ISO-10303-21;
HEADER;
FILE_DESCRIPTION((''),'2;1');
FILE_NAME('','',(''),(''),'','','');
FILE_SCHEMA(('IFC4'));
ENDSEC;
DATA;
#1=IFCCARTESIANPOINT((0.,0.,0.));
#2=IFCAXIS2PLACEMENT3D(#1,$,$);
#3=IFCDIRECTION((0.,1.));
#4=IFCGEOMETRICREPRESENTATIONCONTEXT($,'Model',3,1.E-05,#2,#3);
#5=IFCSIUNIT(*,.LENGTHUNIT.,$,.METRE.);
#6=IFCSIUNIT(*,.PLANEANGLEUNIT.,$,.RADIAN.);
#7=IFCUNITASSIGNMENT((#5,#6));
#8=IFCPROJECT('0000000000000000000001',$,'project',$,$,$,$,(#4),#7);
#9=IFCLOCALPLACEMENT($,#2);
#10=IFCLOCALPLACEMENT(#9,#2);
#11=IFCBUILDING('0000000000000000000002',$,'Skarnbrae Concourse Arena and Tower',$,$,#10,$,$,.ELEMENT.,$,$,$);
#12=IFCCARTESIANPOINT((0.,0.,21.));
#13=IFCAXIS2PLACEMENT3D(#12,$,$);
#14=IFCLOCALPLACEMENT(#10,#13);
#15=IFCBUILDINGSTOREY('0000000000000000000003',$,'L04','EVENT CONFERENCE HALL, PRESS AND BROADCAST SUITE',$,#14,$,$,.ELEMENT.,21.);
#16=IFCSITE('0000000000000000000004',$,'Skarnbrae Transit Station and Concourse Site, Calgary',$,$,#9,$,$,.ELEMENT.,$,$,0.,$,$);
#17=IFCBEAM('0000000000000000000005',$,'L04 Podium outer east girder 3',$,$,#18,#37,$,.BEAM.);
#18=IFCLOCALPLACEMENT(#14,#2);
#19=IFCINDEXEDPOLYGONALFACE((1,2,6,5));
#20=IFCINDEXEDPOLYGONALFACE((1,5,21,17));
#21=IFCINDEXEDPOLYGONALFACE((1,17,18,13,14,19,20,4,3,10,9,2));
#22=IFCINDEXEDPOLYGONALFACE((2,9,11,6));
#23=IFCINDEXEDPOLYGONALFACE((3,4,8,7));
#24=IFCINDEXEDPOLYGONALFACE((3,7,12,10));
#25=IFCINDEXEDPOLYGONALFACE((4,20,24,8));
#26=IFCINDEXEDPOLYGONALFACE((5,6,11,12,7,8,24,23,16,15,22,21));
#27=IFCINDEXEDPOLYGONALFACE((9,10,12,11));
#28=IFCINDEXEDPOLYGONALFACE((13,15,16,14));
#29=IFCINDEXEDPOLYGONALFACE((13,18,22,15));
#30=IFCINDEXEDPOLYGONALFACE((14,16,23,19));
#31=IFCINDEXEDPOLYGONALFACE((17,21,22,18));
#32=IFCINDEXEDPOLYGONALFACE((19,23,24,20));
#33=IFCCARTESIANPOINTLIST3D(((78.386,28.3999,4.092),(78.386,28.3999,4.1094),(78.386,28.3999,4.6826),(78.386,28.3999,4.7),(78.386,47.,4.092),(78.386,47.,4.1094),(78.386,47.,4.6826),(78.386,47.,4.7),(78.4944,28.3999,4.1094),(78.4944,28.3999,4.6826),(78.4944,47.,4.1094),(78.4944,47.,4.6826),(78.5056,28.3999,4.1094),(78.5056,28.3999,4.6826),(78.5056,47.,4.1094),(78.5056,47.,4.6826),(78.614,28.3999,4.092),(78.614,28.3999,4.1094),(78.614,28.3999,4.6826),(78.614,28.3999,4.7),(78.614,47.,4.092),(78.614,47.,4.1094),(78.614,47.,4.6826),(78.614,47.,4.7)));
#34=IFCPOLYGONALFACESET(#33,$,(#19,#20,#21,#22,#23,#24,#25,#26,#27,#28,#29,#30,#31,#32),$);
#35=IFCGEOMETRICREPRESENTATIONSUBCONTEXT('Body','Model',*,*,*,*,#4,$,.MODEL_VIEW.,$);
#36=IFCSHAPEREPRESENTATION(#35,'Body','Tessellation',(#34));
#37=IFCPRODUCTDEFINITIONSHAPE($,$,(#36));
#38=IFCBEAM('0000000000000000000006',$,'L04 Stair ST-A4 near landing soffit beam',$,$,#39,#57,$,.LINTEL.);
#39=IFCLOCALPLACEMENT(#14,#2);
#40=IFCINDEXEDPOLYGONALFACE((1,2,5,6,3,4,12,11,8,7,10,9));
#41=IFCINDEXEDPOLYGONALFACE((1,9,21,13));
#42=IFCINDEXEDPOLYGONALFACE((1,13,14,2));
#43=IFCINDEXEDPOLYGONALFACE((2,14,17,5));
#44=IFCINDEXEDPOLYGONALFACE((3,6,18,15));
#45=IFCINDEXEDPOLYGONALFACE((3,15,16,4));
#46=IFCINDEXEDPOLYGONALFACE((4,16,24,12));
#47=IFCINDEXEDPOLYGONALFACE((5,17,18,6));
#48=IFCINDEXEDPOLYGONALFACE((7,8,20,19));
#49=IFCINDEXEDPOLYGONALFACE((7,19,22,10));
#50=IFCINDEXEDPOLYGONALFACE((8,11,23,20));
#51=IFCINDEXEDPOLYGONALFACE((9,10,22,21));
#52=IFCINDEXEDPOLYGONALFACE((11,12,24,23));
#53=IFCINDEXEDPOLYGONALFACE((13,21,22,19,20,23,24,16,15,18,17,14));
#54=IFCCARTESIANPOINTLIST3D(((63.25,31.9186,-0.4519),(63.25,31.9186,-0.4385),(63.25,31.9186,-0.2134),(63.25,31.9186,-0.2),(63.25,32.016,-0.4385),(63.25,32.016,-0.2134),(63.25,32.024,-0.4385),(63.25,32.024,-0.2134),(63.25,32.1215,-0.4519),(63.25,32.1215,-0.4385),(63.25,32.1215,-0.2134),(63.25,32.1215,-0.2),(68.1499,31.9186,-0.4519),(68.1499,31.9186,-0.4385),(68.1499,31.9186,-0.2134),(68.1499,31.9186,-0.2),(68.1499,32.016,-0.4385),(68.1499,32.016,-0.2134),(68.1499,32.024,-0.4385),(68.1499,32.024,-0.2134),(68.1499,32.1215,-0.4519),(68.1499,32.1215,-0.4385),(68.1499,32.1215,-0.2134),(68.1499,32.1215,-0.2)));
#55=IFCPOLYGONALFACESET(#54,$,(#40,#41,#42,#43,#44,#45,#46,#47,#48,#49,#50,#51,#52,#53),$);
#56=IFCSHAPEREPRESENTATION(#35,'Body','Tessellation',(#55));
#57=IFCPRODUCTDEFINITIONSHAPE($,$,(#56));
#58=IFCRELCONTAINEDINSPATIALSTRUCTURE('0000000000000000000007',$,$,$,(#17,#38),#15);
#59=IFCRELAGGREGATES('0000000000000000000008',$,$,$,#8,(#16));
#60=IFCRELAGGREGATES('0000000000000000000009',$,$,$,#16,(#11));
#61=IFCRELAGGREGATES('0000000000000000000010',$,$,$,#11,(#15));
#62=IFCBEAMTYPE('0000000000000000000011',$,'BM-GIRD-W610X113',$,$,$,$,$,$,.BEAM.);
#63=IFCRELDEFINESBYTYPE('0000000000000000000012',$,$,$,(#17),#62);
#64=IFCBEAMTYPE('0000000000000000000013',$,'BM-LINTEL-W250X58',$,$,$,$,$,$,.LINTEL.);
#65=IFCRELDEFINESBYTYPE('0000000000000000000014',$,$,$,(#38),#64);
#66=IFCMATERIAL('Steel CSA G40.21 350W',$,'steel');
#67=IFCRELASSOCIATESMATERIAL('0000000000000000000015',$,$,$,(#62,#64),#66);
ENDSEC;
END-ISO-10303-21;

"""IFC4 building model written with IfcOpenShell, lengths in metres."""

from ifc_helpers import new_model, si_unit, direction, frame, origin, origin_2d, place, context, subcontext, project, spatial, i_section, extrude, source, transform, mapped, material, material_profile, profile_set, type_object, element, save


model = new_model("IFC4")

# Units and contexts
model_context = context("Model", 3, precision=1e-05, world=origin(), true_north=direction((0.0, 1.0)))
body_context = subcontext(model_context, "Body", "Model", "MODEL_VIEW")
ifc_project = project(units=[si_unit("LENGTHUNIT", "METRE"), si_unit("PLANEANGLEUNIT", "RADIAN")], contexts=[model_context])

# Site, building, storey
site_placement = place(None, origin())
site = spatial("IfcSite", under=ifc_project, at=site_placement, Name="Skarnbrae Transit Station and Concourse Site, Calgary", CompositionType="ELEMENT", RefElevation=0.0)
building_placement = place(site_placement, origin())
building = spatial("IfcBuilding", under=site, at=building_placement, Name="Skarnbrae Concourse Arena and Tower", CompositionType="ELEMENT")
storey_placement = place(building_placement, frame((0.0, 0.0, 21.0)))
storey = spatial("IfcBuildingStorey", under=building, at=storey_placement, Name="L04", Description="EVENT CONFERENCE HALL, PRESS AND BROADCAST SUITE", CompositionType="ELEMENT", Elevation=21.0)

# Shared definitions
ifc_material_1 = material(Name="Steel CSA G40.21 350W", Category="steel")

# Beams
ifc_material_profile_1 = material_profile(ifc_material_1, i_section(OverallWidth=0.228, OverallDepth=0.6079, WebThickness=0.0112, FlangeThickness=0.0173, at=origin_2d()), Name="W610X113")
ifc_profile_set_1 = profile_set([ifc_material_profile_1], Name="Steel CSA G40.21 350W")
beam_type_1 = type_object("IfcBeamType", Name="BM-GIRD-W610X113", PredefinedType="BEAM", material=ifc_profile_set_1)
shared_shape_1 = source(origin(), body_context, "Body", "SweptSolid", [
    extrude(i_section(OverallWidth=0.228, OverallDepth=0.6079, WebThickness=0.0112, FlangeThickness=0.0173, at=origin_2d()), origin(), (0.0, 0.0, 1.0), 18.6001),
])
beam_1_placement = place(storey_placement, frame((78.5, 28.3999, 4.396), z_axis=(0.0, 1.0, 0.0), x_axis=(-1.0, 0.0, 0.0)))
element("IfcBeam", 1, at=beam_1_placement, inside=storey, type_object=beam_type_1, Name="L04 Podium outer east girder 3", PredefinedType="BEAM", context=body_context, shape_type="MappedRepresentation", body=[
    mapped(shared_shape_1, transform((0.0, 0.0, 0.0))),
])
ifc_material_profile_2 = material_profile(ifc_material_1, i_section(OverallWidth=0.2029, OverallDepth=0.252, WebThickness=0.0081, FlangeThickness=0.0134, at=origin_2d()), Name="W250X58")
ifc_profile_set_2 = profile_set([ifc_material_profile_2], Name="Steel CSA G40.21 350W")
beam_type_2 = type_object("IfcBeamType", Name="BM-LINTEL-W250X58", PredefinedType="LINTEL", material=ifc_profile_set_2)
shared_shape_2 = source(origin(), body_context, "Body", "SweptSolid", [
    extrude(i_section(OverallWidth=0.2029, OverallDepth=0.252, WebThickness=0.0081, FlangeThickness=0.0134, at=origin_2d()), origin(), (0.0, 0.0, 1.0), 4.8999),
])
beam_2_placement = place(storey_placement, frame((68.1499, 32.02, -0.3259), z_axis=(-1.0, 0.0, 0.0), x_axis=(0.0, -1.0, 0.0)))
element("IfcBeam", 2, at=beam_2_placement, inside=storey, type_object=beam_type_2, Name="L04 Stair ST-A4 near landing soffit beam", PredefinedType="LINTEL", context=body_context, shape_type="MappedRepresentation", body=[
    mapped(shared_shape_2, transform((0.0, 0.0, 0.0))),
])

save(model, "model.ifc")
